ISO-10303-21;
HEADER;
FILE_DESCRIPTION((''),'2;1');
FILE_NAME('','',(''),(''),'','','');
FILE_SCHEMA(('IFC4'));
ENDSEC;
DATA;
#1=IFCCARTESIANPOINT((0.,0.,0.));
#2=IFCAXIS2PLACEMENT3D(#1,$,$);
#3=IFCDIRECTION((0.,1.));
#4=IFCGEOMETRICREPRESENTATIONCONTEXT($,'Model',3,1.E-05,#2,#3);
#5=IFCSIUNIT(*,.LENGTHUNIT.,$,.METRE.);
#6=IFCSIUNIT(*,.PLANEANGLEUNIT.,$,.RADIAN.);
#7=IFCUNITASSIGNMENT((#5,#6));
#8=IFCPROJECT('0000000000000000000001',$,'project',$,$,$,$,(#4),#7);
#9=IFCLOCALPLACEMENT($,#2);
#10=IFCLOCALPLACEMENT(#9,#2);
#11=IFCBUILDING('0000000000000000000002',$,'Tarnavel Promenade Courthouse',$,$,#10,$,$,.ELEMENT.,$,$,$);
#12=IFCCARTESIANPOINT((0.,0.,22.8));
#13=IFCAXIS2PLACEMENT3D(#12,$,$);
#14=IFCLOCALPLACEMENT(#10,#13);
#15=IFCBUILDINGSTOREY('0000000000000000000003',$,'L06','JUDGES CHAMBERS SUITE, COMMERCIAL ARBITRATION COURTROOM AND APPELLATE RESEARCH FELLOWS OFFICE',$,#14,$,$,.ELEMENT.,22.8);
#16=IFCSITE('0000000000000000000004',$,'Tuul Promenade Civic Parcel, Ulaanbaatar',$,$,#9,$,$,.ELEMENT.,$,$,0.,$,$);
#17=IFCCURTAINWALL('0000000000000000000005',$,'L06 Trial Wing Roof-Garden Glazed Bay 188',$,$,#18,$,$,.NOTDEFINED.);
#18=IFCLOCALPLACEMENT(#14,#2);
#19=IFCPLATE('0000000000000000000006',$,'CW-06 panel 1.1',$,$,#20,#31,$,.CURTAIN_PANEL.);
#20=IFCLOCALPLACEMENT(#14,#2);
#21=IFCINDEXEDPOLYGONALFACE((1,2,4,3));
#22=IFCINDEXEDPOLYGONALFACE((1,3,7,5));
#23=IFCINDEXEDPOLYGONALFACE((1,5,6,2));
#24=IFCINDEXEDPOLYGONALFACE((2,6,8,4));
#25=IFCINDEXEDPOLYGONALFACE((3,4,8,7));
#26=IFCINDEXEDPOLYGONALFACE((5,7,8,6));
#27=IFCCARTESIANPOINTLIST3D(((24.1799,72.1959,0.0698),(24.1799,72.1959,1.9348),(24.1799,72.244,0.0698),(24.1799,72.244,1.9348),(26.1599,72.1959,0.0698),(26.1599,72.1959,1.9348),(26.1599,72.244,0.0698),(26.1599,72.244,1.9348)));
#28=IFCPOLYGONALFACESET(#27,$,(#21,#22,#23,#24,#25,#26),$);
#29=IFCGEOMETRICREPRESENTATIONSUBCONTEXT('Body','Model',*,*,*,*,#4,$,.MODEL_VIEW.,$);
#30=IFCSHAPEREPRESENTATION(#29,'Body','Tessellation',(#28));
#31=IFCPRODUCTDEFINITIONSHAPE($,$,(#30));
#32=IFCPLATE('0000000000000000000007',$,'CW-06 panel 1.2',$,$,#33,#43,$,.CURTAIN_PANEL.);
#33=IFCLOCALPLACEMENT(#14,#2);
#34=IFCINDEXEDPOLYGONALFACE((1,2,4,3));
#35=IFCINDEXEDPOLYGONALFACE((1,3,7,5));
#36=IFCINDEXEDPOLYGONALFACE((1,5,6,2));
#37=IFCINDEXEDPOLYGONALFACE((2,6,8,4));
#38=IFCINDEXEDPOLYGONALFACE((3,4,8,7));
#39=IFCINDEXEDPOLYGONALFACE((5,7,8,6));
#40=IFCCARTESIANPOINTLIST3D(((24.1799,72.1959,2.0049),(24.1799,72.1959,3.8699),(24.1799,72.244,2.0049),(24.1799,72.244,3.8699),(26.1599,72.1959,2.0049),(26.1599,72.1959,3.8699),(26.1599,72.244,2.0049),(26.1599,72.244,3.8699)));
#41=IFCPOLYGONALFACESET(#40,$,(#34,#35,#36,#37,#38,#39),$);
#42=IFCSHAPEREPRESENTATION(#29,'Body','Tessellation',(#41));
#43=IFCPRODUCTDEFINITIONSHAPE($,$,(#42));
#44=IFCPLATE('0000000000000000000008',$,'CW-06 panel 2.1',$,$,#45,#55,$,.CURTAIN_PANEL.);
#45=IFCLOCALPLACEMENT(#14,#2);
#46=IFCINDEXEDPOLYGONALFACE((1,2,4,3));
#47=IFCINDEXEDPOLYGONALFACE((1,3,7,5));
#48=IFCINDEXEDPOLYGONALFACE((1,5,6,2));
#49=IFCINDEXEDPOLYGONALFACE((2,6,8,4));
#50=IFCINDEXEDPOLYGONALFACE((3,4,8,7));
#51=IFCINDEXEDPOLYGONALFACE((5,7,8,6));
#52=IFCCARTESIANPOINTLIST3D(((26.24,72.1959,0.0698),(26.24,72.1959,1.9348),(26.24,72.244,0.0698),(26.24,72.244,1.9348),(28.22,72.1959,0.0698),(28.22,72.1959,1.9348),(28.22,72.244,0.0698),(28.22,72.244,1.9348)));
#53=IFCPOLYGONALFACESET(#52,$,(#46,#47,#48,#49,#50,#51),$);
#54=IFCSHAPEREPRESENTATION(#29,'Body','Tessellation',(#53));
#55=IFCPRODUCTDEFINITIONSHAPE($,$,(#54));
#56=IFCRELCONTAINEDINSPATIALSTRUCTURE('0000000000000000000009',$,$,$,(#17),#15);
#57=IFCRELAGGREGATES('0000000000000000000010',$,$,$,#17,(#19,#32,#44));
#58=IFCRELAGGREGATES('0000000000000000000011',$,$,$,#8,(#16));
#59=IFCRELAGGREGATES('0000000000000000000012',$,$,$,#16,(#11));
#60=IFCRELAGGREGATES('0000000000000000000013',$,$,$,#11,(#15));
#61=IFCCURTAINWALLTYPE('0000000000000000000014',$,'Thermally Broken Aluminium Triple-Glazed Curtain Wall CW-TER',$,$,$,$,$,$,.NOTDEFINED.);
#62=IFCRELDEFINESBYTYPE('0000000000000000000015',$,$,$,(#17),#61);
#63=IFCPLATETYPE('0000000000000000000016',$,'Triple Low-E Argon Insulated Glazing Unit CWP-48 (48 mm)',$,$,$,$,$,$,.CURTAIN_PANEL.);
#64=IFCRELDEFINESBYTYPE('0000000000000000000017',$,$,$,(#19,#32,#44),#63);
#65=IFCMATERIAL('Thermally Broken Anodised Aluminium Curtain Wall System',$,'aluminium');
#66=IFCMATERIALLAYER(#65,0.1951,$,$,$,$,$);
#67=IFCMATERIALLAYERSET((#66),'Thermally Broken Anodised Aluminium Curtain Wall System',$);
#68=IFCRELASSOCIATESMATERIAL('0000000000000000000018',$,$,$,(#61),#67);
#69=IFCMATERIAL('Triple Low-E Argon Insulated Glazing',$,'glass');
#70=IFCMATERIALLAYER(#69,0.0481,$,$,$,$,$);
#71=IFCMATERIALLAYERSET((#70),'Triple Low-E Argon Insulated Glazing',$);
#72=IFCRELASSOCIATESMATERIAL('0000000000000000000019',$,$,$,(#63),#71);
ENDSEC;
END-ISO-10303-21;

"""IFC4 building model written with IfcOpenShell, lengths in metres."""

from ifc_helpers import new_model, si_unit, direction, frame, origin, origin_2d, place, context, subcontext, project, spatial, rectangle, extrude, material, layer, layer_set, type_object, element, aggregate, save


model = new_model("IFC4")

# Units and contexts
model_context = context("Model", 3, precision=1e-05, world=origin(), true_north=direction((0.0, 1.0)))
body_context = subcontext(model_context, "Body", "Model", "MODEL_VIEW")
ifc_project = project(units=[si_unit("LENGTHUNIT", "METRE"), si_unit("PLANEANGLEUNIT", "RADIAN")], contexts=[model_context])

# Site, building, storey
site_placement = place(None, origin())
site = spatial("IfcSite", under=ifc_project, at=site_placement, Name="Tuul Promenade Civic Parcel, Ulaanbaatar", CompositionType="ELEMENT", RefElevation=0.0)
building_placement = place(site_placement, origin())
building = spatial("IfcBuilding", under=site, at=building_placement, Name="Tarnavel Promenade Courthouse", CompositionType="ELEMENT")
storey_placement = place(building_placement, frame((0.0, 0.0, 22.8)))
storey = spatial("IfcBuildingStorey", under=building, at=storey_placement, Name="L06", Description="JUDGES CHAMBERS SUITE, COMMERCIAL ARBITRATION COURTROOM AND APPELLATE RESEARCH FELLOWS OFFICE", CompositionType="ELEMENT", Elevation=22.8)

# Shared definitions
ifc_material_1 = material(Name="Thermally Broken Anodised Aluminium Curtain Wall System", Category="aluminium")
ifc_layer_1 = layer(ifc_material_1, 0.1951)
ifc_layer_set_1 = layer_set([ifc_layer_1], Name="Thermally Broken Anodised Aluminium Curtain Wall System")
curtain_wall_type = type_object("IfcCurtainWallType", Name="Thermally Broken Aluminium Triple-Glazed Curtain Wall CW-TER", PredefinedType="NOTDEFINED", material=ifc_layer_set_1)

# Curtain wall
curtain_wall_1_placement = place(storey_placement, origin())
curtain_wall_1 = element("IfcCurtainWall", 1, at=curtain_wall_1_placement, inside=storey, type_object=curtain_wall_type, Name="L06 Trial Wing Roof-Garden Glazed Bay 188", PredefinedType="NOTDEFINED")

# Plates
ifc_material_2 = material(Name="Triple Low-E Argon Insulated Glazing", Category="glass")
ifc_layer_2 = layer(ifc_material_2, 0.0481)
ifc_layer_set_2 = layer_set([ifc_layer_2], Name="Triple Low-E Argon Insulated Glazing")
plate_type = type_object("IfcPlateType", Name="Triple Low-E Argon Insulated Glazing Unit CWP-48 (48 mm)", PredefinedType="CURTAIN_PANEL", material=ifc_layer_set_2)
plate_1_placement = place(storey_placement, frame((25.1699, 72.22, 0.0698), z_axis=(0.0, 0.0, 1.0), x_axis=(1.0, 0.0, 0.0)))
plate_1 = element("IfcPlate", 2, at=plate_1_placement, type_object=plate_type, Name="CW-06 panel 1.1", PredefinedType="CURTAIN_PANEL", context=body_context, shape_type="SweptSolid", body=[
    extrude(rectangle(XDim=1.98, YDim=0.0481, at=origin_2d()), origin(), (0.0, 0.0, 1.0), 1.865),
])
plate_2_placement = place(storey_placement, frame((25.1699, 72.22, 2.0049), z_axis=(0.0, 0.0, 1.0), x_axis=(1.0, 0.0, 0.0)))
plate_2 = element("IfcPlate", 3, at=plate_2_placement, type_object=plate_type, Name="CW-06 panel 1.2", PredefinedType="CURTAIN_PANEL", context=body_context, shape_type="SweptSolid", body=[
    extrude(rectangle(XDim=1.98, YDim=0.0481, at=origin_2d()), origin(), (0.0, 0.0, 1.0), 1.865),
])
plate_3_placement = place(storey_placement, frame((27.23, 72.22, 0.0698), z_axis=(0.0, 0.0, 1.0), x_axis=(1.0, 0.0, 0.0)))
plate_3 = element("IfcPlate", 4, at=plate_3_placement, type_object=plate_type, Name="CW-06 panel 2.1", PredefinedType="CURTAIN_PANEL", context=body_context, shape_type="SweptSolid", body=[
    extrude(rectangle(XDim=1.98, YDim=0.0481, at=origin_2d()), origin(), (0.0, 0.0, 1.0), 1.865),
])
aggregate(curtain_wall_1, [plate_1, plate_2, plate_3])

save(model, "model.ifc")
